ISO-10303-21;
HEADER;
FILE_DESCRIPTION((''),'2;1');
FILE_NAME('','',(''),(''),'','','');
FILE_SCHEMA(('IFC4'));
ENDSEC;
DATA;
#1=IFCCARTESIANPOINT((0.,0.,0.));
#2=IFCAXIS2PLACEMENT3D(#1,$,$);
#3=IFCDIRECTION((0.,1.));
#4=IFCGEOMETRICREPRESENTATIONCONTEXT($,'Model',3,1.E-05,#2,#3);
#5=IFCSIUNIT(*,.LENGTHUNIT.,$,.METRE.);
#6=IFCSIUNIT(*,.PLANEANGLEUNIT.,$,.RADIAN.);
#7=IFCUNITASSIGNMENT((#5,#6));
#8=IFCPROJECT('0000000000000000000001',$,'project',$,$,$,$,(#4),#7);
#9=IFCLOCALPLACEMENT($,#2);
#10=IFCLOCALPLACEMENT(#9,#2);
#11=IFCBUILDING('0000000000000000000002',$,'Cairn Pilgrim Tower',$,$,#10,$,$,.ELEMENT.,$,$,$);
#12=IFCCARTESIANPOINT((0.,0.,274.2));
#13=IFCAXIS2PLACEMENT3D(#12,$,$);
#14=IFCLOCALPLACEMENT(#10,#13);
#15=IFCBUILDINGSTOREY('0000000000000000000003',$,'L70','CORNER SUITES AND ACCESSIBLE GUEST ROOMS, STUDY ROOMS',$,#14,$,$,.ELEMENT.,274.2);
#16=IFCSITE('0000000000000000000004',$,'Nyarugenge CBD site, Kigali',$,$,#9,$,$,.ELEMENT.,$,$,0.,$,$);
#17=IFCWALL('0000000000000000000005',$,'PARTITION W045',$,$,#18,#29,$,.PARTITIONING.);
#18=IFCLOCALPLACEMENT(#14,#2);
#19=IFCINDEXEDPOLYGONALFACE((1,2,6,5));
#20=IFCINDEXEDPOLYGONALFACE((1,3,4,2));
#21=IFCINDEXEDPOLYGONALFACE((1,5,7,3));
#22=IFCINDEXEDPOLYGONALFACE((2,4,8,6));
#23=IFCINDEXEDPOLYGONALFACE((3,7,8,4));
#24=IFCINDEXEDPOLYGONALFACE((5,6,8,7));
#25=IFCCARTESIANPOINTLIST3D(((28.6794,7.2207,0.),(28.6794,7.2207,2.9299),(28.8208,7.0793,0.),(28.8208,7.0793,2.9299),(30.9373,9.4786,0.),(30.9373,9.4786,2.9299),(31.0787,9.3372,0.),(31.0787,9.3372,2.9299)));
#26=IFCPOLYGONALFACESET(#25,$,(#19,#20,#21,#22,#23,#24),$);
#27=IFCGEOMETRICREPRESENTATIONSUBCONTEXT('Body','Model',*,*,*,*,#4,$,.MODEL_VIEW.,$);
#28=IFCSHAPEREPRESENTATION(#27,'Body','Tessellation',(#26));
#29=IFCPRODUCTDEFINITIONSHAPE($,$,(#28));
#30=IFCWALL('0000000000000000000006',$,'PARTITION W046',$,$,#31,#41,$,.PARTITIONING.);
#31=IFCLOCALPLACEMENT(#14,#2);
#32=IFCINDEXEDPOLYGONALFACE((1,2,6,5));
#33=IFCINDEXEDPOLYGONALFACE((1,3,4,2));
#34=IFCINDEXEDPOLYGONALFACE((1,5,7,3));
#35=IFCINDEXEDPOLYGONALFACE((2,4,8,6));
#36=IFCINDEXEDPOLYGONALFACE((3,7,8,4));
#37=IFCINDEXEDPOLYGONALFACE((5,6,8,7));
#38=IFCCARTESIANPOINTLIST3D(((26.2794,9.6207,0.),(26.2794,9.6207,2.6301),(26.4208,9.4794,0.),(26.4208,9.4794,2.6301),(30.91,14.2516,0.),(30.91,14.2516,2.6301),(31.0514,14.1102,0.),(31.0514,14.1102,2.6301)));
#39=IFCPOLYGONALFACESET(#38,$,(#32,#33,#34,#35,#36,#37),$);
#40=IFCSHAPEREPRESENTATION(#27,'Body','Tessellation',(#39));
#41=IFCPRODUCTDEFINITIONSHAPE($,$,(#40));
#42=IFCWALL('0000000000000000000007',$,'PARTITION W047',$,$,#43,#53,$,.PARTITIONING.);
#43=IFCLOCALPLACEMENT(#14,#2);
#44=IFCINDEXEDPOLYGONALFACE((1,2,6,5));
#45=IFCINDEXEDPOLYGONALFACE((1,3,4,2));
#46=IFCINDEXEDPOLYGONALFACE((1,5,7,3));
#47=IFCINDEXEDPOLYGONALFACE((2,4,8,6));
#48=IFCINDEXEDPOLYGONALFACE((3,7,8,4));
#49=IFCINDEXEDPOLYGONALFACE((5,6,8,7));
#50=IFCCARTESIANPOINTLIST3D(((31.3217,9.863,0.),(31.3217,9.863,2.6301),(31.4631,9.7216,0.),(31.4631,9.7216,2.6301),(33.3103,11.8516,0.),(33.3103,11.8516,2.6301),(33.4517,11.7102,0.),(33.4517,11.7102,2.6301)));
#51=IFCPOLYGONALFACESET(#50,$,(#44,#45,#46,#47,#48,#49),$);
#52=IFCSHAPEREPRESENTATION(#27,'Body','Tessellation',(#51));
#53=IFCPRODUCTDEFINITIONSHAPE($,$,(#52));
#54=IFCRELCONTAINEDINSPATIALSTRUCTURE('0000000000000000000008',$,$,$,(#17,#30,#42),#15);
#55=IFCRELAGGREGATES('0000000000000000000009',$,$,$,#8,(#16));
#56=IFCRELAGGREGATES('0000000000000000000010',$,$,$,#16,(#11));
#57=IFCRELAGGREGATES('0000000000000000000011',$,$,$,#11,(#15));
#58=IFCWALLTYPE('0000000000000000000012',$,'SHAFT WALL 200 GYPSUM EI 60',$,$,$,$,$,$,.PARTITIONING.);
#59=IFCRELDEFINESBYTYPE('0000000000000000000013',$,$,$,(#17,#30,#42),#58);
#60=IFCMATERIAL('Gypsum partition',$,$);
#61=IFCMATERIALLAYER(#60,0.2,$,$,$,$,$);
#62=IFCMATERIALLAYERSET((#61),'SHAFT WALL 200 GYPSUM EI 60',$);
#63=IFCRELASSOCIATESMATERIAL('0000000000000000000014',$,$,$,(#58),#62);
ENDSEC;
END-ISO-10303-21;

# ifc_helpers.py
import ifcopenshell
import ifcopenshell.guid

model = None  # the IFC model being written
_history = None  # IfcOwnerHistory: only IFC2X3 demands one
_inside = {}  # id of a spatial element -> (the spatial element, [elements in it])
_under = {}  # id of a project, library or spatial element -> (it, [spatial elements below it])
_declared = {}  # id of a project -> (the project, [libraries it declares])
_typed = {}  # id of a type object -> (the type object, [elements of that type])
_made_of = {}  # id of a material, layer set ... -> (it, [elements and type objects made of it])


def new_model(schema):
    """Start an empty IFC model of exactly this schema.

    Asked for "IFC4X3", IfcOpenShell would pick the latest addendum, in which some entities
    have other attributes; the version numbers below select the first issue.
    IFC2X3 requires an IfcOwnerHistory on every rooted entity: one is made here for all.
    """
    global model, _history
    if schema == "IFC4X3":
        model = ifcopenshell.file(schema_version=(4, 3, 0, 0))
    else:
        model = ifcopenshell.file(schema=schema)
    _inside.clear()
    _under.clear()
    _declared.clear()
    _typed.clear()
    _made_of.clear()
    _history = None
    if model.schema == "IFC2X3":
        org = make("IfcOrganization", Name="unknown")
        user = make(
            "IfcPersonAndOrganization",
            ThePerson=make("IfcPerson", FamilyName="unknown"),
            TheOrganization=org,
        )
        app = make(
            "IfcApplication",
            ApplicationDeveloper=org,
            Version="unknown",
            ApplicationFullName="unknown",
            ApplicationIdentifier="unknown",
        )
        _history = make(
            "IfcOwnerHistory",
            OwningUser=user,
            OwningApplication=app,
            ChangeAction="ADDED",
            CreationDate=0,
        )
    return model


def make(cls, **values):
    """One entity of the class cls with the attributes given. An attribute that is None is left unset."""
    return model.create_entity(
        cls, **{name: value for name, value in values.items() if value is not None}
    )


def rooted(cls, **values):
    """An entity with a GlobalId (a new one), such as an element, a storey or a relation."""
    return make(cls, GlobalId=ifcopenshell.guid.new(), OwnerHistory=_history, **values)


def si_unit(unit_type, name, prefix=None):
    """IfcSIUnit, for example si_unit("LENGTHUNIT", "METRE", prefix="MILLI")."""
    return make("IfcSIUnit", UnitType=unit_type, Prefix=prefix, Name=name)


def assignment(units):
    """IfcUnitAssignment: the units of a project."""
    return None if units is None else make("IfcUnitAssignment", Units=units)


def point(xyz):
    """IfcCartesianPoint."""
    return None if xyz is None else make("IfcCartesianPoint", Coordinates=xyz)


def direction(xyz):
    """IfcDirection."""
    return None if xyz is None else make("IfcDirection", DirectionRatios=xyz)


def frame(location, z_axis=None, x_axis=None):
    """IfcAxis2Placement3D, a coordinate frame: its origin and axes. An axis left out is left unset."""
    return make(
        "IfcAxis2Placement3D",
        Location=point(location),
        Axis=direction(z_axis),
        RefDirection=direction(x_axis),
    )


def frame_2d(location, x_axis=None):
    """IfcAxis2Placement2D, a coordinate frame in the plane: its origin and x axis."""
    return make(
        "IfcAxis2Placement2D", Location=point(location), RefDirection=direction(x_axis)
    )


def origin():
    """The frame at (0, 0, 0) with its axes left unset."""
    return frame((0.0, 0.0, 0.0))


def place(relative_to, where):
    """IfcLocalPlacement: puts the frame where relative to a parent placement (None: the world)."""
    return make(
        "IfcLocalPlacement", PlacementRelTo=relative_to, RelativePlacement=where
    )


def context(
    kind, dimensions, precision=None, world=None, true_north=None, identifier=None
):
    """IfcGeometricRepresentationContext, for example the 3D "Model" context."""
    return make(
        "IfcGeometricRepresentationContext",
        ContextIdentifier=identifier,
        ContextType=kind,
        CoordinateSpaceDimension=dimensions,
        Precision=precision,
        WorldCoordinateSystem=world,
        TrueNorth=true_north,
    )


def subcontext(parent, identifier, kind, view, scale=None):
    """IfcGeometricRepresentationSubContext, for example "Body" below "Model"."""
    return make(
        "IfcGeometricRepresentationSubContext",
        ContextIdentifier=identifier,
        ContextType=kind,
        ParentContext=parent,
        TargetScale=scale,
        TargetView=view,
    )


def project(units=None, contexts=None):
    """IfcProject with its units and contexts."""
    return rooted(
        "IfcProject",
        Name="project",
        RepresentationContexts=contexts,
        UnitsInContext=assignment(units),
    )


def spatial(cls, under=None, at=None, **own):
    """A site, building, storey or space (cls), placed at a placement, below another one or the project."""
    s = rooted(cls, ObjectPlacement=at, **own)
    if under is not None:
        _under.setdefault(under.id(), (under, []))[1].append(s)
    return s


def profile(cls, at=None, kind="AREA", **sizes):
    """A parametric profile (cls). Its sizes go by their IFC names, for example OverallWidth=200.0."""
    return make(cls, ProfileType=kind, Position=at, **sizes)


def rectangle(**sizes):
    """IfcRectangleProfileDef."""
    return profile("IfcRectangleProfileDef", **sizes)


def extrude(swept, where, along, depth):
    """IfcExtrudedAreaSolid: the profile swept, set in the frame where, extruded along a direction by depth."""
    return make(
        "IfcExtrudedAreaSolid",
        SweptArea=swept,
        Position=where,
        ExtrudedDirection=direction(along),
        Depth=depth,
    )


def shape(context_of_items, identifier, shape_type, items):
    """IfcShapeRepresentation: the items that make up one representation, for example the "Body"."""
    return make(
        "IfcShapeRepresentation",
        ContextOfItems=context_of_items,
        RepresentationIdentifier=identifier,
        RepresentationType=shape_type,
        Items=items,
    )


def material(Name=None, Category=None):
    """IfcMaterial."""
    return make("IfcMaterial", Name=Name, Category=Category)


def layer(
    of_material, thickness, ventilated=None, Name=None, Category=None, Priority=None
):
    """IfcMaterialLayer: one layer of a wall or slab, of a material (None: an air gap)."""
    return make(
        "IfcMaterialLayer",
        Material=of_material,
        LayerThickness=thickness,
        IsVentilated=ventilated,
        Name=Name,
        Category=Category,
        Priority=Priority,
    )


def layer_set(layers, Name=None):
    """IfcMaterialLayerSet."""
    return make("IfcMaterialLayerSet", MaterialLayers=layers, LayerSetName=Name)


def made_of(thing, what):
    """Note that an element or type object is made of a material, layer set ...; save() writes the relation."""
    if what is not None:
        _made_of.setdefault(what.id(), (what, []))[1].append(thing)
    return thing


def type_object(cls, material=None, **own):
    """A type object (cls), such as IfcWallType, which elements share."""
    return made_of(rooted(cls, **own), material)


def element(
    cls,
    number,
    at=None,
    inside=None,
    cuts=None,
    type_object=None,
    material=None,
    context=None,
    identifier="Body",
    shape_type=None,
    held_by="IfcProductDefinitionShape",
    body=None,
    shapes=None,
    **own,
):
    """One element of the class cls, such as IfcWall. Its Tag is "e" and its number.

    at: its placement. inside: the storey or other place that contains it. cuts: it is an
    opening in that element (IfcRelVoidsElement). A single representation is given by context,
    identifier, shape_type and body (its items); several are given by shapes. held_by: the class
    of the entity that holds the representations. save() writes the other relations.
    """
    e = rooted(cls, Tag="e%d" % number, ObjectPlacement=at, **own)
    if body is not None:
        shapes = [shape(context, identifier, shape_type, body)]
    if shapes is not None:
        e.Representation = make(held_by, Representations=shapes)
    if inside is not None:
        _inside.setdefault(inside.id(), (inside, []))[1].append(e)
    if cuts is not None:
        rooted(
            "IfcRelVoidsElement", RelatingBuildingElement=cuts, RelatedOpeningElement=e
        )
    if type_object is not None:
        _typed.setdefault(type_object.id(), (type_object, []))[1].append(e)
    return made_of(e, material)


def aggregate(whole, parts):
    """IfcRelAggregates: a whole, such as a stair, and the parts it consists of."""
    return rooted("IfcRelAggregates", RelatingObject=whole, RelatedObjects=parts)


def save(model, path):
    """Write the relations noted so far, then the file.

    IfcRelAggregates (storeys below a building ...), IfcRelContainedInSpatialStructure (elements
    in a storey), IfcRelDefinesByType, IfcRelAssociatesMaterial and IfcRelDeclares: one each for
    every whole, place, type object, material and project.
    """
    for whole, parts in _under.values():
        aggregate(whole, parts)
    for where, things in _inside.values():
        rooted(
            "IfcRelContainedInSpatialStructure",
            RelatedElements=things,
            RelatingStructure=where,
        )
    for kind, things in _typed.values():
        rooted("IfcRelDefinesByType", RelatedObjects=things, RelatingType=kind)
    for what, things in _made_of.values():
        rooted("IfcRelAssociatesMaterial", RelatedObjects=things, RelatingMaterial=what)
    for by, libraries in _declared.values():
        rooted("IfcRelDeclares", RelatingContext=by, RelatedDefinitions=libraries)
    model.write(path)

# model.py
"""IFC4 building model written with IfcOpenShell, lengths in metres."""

from ifc_helpers import new_model, si_unit, direction, frame, frame_2d, origin, place, context, subcontext, project, spatial, rectangle, extrude, material, layer, layer_set, type_object, element, save


model = new_model("IFC4")

# Units and contexts
model_context = context("Model", 3, precision=1e-05, world=origin(), true_north=direction((0.0, 1.0)))
body_context = subcontext(model_context, "Body", "Model", "MODEL_VIEW")
ifc_project = project(units=[si_unit("LENGTHUNIT", "METRE"), si_unit("PLANEANGLEUNIT", "RADIAN")], contexts=[model_context])

# Site, building, storey
site_placement = place(None, origin())
site = spatial("IfcSite", under=ifc_project, at=site_placement, Name="Nyarugenge CBD site, Kigali", CompositionType="ELEMENT", RefElevation=0.0)
building_placement = place(site_placement, origin())
building = spatial("IfcBuilding", under=site, at=building_placement, Name="Cairn Pilgrim Tower", CompositionType="ELEMENT")
storey_placement = place(building_placement, frame((0.0, 0.0, 274.2)))
storey = spatial("IfcBuildingStorey", under=building, at=storey_placement, Name="L70", Description="CORNER SUITES AND ACCESSIBLE GUEST ROOMS, STUDY ROOMS", CompositionType="ELEMENT", Elevation=274.2)

# Shared definitions
ifc_material_1 = material(Name="Gypsum partition")

# Walls
ifc_layer_1 = layer(ifc_material_1, 0.2)
ifc_layer_set_1 = layer_set([ifc_layer_1], Name="SHAFT WALL 200 GYPSUM EI 60")
wall_type_1 = type_object("IfcWallType", Name="SHAFT WALL 200 GYPSUM EI 60", PredefinedType="PARTITIONING", material=ifc_layer_set_1)
wall_1_placement = place(storey_placement, frame((28.75, 7.1499, 0.0), z_axis=(0.0, 0.0, 1.0), x_axis=(0.707107, 0.707107, 0.0)))
element("IfcWall", 1, at=wall_1_placement, inside=storey, type_object=wall_type_1, Name="PARTITION W045", PredefinedType="PARTITIONING", context=body_context, shape_type="SweptSolid", body=[
    extrude(rectangle(XDim=3.1931, YDim=0.2, at=frame_2d((1.5967, 0.0))), origin(), (0.0, 0.0, 1.0), 2.9299),
])
wall_2_placement = place(storey_placement, frame((26.3501, 9.55, 0.0), z_axis=(0.0, 0.0, 1.0), x_axis=(0.707088, 0.707125, 0.0)))
element("IfcWall", 2, at=wall_2_placement, inside=storey, type_object=wall_type_1, Name="PARTITION W046", PredefinedType="PARTITIONING", context=body_context, shape_type="SweptSolid", body=[
    extrude(rectangle(XDim=6.5488, YDim=0.2, at=frame_2d((3.2744, 0.0))), origin(), (0.0, 0.0, 1.0), 2.6301),
])
wall_3_placement = place(storey_placement, frame((31.3923, 9.7922, 0.0), z_axis=(0.0, 0.0, 1.0), x_axis=(0.707107, 0.707107, 0.0)))
element("IfcWall", 3, at=wall_3_placement, inside=storey, type_object=wall_type_1, Name="PARTITION W047", PredefinedType="PARTITIONING", context=body_context, shape_type="SweptSolid", body=[
    extrude(rectangle(XDim=2.8123, YDim=0.2, at=frame_2d((1.4062, 0.0))), origin(), (0.0, 0.0, 1.0), 2.6301),
])

save(model, "model.ifc")
